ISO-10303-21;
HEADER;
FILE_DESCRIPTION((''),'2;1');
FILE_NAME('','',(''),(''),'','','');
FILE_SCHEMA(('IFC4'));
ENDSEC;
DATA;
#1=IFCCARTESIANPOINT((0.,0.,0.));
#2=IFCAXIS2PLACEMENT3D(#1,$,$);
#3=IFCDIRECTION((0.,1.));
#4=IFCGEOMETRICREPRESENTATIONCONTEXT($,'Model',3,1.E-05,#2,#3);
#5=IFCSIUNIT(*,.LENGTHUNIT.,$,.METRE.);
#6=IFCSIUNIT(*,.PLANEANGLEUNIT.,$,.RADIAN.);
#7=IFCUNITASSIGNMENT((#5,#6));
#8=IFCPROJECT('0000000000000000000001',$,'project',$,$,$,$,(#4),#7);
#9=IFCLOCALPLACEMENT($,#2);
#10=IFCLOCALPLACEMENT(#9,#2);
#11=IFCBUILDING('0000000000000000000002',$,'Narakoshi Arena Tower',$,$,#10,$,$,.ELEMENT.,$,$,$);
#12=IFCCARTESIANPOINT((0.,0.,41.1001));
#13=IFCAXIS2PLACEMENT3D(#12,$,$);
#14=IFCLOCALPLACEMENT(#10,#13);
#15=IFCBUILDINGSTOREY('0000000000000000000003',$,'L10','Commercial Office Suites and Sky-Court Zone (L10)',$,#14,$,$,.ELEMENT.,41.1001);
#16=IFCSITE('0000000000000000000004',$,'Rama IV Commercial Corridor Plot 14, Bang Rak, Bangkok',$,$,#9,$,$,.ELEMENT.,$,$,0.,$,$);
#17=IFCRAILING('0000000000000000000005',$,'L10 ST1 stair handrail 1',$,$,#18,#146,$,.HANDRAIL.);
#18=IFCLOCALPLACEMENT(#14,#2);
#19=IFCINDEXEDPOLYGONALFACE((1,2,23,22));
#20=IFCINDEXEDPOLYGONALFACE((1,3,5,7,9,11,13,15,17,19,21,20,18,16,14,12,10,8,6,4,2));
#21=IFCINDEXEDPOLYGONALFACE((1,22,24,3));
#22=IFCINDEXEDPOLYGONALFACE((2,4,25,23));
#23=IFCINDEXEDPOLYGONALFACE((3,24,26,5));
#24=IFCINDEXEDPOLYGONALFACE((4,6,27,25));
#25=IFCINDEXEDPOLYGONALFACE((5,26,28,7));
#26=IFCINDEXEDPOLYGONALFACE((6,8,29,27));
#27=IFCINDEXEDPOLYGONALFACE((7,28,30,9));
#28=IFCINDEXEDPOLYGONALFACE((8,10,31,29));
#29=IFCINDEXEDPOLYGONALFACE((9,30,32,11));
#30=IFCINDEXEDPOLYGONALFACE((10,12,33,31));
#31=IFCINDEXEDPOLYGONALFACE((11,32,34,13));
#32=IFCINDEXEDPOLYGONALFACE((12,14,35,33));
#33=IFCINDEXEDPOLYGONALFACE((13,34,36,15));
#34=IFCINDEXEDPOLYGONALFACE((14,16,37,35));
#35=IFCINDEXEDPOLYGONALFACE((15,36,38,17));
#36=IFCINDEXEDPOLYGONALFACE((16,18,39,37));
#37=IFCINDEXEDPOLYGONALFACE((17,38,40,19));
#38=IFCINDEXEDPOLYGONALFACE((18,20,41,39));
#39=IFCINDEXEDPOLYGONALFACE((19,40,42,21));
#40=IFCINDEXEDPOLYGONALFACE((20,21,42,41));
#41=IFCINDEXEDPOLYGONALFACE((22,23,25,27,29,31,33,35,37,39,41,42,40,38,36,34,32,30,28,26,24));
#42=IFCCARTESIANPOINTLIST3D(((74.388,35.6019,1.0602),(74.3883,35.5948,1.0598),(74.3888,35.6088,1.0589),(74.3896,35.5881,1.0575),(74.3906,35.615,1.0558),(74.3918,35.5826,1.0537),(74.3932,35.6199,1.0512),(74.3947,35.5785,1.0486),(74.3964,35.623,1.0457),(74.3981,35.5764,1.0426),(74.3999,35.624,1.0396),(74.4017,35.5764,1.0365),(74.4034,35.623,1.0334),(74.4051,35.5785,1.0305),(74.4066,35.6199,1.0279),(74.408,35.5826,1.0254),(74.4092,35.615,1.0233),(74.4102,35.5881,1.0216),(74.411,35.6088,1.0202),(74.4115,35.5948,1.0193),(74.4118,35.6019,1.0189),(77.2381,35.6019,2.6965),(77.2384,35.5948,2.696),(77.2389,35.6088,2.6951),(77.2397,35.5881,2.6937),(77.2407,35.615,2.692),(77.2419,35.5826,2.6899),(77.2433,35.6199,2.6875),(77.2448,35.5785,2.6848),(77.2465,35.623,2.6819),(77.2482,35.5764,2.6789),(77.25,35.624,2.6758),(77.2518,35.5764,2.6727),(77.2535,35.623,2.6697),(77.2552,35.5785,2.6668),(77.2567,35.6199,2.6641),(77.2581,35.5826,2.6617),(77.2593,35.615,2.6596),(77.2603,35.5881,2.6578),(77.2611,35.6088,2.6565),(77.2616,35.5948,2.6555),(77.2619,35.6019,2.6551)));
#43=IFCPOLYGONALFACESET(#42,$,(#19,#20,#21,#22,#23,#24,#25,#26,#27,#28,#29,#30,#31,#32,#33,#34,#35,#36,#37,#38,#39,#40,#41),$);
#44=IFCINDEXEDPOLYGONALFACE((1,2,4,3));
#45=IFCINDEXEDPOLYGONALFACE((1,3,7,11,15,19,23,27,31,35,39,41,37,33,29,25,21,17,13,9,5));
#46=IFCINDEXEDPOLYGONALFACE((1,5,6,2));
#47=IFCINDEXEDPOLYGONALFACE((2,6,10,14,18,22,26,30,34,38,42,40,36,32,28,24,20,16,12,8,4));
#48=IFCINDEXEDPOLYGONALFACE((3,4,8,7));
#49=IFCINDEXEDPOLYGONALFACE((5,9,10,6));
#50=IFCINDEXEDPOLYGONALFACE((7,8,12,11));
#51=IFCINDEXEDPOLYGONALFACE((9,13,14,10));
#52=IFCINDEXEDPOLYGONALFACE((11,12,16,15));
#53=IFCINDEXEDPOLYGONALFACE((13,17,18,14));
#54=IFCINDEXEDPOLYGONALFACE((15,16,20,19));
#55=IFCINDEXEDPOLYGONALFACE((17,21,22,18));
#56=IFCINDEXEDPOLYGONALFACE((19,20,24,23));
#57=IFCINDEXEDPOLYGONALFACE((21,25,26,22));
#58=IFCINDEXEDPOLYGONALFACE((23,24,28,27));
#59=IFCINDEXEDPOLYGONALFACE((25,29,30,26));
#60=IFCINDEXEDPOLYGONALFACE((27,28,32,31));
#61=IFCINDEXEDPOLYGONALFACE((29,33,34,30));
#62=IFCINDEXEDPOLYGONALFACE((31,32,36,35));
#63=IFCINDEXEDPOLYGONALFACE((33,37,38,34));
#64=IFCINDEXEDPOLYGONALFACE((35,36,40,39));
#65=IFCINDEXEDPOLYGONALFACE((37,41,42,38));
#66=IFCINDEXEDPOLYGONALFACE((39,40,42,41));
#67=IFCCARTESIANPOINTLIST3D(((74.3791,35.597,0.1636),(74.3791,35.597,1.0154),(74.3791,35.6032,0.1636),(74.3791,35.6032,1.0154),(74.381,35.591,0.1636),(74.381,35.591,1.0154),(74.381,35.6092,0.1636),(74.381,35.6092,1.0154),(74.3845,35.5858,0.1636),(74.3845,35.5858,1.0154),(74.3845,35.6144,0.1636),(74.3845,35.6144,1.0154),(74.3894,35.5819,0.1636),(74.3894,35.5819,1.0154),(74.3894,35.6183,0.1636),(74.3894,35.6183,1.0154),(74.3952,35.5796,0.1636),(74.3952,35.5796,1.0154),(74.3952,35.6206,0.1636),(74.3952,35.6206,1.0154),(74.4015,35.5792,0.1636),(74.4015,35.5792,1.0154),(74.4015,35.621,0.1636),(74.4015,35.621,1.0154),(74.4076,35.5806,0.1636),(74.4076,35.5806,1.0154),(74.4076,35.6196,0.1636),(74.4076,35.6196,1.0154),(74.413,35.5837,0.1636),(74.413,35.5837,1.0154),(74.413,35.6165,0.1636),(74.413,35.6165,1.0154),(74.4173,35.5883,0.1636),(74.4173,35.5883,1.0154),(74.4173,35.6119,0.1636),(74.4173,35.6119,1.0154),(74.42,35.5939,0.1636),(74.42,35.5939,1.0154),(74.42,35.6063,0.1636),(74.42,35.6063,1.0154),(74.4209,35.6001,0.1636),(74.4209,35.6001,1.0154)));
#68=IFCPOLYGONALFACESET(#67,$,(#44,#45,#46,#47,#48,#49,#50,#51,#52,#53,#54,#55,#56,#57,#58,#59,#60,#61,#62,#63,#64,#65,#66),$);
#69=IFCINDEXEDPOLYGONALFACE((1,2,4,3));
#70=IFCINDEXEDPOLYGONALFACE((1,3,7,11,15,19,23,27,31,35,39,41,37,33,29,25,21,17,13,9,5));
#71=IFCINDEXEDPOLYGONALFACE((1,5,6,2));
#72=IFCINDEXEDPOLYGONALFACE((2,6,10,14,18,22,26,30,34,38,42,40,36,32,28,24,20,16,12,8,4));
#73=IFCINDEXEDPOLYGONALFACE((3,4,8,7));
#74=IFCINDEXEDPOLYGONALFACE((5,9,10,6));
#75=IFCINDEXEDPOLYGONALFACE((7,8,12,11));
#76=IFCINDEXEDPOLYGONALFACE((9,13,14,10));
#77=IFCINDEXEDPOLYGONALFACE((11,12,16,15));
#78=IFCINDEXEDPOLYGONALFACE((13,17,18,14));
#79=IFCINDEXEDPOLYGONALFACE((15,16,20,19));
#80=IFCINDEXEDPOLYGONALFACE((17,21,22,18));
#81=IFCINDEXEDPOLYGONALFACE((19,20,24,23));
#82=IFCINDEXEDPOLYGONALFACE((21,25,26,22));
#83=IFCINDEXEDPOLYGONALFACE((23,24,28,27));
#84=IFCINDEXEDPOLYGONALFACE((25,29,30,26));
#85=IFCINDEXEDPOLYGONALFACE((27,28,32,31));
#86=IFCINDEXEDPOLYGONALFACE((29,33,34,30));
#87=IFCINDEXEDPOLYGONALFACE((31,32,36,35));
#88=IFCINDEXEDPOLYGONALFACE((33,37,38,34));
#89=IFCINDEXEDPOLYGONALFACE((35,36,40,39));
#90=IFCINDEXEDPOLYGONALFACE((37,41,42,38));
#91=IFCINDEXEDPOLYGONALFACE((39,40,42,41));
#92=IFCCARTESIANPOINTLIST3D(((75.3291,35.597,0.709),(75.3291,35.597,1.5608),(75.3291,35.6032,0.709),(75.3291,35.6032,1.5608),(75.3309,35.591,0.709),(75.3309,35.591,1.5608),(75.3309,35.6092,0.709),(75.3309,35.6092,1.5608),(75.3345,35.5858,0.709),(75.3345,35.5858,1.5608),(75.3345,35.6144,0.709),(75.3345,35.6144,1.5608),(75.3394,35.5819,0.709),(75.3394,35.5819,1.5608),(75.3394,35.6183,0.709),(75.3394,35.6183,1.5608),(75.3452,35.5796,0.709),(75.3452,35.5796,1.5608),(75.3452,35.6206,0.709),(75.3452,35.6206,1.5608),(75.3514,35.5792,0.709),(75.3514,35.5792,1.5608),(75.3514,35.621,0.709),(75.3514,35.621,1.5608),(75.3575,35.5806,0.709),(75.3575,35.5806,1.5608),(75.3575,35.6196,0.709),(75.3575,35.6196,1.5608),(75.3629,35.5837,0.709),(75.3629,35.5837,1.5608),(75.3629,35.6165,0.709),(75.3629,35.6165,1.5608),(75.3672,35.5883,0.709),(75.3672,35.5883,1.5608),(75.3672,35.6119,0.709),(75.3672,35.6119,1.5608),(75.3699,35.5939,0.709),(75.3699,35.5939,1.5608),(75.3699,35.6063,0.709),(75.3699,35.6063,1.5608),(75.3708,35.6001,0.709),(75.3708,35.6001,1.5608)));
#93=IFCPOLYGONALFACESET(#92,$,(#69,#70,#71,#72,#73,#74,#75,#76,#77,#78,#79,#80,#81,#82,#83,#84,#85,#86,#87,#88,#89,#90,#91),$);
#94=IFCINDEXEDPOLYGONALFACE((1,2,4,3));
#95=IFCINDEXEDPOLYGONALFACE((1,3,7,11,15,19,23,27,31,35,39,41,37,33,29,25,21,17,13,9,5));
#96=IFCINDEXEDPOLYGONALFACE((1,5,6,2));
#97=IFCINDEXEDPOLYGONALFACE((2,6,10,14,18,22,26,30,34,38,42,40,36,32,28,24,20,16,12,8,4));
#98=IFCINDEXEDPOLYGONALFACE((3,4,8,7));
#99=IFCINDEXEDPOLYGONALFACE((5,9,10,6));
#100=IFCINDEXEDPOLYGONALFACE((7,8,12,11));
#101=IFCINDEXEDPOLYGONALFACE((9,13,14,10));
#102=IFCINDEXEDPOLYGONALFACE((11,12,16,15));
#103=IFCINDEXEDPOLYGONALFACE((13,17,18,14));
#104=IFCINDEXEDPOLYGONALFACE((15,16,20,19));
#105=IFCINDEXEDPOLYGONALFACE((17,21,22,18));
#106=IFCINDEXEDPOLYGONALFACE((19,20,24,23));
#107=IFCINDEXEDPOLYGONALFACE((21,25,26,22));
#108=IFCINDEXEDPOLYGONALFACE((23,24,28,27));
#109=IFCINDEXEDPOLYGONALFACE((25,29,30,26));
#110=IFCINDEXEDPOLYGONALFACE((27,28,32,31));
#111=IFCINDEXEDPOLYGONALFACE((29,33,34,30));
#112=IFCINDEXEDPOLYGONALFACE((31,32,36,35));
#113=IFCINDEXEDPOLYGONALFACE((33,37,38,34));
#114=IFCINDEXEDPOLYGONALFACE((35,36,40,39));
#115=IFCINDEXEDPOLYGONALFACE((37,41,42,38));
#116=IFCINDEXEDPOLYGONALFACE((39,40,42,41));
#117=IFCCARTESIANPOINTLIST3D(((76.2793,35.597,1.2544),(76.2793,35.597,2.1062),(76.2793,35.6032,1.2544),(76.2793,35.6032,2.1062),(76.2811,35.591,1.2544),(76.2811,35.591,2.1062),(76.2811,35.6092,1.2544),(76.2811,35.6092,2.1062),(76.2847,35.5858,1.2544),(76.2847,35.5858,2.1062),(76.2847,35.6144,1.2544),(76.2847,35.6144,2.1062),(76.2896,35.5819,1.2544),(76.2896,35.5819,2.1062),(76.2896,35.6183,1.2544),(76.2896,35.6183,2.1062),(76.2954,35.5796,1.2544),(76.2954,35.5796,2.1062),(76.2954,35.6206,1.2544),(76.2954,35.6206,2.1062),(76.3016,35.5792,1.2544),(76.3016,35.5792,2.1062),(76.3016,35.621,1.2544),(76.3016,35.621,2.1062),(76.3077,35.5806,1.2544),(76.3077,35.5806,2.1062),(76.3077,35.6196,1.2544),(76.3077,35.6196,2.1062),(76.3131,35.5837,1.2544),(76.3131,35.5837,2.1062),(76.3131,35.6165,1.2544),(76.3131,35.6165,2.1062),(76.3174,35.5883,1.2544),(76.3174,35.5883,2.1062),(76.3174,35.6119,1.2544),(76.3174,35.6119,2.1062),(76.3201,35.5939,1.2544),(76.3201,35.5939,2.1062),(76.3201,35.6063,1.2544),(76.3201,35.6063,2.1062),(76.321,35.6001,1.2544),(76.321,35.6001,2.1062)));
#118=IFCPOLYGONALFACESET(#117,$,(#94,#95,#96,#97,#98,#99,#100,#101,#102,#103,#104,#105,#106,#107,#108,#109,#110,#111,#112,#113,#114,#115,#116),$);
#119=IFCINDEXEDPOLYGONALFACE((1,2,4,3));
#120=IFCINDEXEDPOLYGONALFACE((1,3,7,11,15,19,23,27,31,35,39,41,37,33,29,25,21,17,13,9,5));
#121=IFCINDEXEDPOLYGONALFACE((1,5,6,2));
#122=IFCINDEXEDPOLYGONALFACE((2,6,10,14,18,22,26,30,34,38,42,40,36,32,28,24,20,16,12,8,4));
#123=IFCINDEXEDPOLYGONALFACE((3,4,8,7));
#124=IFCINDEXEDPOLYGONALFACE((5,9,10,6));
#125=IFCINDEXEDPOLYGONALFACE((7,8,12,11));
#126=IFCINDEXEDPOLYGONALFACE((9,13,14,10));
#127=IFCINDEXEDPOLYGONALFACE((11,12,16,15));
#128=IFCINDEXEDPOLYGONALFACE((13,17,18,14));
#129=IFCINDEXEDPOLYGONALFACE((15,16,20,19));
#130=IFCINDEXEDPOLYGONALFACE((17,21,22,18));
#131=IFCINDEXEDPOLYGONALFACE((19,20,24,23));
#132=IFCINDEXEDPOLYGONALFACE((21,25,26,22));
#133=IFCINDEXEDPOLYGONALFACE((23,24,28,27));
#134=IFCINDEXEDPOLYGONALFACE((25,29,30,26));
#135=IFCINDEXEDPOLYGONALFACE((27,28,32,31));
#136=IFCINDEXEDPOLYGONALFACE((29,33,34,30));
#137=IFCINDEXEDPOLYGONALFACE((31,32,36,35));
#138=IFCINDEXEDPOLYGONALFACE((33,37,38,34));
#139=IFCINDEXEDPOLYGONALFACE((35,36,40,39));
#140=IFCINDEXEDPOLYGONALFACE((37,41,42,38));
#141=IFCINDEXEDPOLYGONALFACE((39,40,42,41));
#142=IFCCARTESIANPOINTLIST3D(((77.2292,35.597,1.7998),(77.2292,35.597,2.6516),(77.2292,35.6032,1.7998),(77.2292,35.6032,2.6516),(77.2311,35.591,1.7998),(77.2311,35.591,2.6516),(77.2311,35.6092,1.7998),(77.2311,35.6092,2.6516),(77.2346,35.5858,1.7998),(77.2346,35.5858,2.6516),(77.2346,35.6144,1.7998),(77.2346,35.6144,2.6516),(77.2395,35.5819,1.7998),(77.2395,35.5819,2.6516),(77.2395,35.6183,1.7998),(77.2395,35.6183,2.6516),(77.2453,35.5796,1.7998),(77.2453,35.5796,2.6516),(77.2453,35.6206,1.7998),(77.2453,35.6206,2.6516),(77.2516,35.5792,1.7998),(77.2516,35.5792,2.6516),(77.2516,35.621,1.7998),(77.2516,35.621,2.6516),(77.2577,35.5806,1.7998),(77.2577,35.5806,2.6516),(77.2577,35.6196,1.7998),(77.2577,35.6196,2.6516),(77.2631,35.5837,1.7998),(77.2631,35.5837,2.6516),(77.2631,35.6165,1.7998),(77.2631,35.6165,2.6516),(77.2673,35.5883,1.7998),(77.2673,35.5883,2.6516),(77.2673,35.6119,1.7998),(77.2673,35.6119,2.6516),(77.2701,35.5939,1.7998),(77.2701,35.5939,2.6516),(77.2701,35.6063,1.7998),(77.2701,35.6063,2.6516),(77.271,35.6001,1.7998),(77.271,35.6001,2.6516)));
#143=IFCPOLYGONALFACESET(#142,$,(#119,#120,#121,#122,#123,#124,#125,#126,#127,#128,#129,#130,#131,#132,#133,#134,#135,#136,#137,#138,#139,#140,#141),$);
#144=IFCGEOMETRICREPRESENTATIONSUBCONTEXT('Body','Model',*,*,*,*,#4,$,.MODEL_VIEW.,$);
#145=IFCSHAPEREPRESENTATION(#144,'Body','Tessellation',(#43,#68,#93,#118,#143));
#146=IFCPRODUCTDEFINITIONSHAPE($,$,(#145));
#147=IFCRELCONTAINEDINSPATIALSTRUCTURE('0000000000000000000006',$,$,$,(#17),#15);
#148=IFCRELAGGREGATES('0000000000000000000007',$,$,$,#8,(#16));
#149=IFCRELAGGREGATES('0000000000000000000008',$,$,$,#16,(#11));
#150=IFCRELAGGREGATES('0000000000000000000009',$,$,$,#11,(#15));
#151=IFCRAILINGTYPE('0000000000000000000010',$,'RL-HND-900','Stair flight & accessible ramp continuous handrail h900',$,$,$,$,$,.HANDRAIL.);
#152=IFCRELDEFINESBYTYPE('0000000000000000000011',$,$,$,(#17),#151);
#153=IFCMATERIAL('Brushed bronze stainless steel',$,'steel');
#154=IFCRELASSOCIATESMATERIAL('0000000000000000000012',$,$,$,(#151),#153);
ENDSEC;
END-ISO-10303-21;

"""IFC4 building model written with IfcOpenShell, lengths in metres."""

from ifc_helpers import new_model, si_unit, direction, frame, origin, origin_2d, place, context, subcontext, project, spatial, circle, extrude, material, type_object, element, save


model = new_model("IFC4")

# Units and contexts
model_context = context("Model", 3, precision=1e-05, world=origin(), true_north=direction((0.0, 1.0)))
body_context = subcontext(model_context, "Body", "Model", "MODEL_VIEW")
ifc_project = project(units=[si_unit("LENGTHUNIT", "METRE"), si_unit("PLANEANGLEUNIT", "RADIAN")], contexts=[model_context])

# Site, building, storey
site_placement = place(None, origin())
site = spatial("IfcSite", under=ifc_project, at=site_placement, Name="Rama IV Commercial Corridor Plot 14, Bang Rak, Bangkok", CompositionType="ELEMENT", RefElevation=0.0)
building_placement = place(site_placement, origin())
building = spatial("IfcBuilding", under=site, at=building_placement, Name="Narakoshi Arena Tower", CompositionType="ELEMENT")
storey_placement = place(building_placement, frame((0.0, 0.0, 41.1001)))
storey = spatial("IfcBuildingStorey", under=building, at=storey_placement, Name="L10", Description="Commercial Office Suites and Sky-Court Zone (L10)", CompositionType="ELEMENT", Elevation=41.1001)

# Shared definitions
ifc_material_1 = material(Name="Brushed bronze stainless steel", Category="steel")

# Railing
railing_type_1 = type_object("IfcRailingType", Name="RL-HND-900", Description="Stair flight & accessible ramp continuous handrail h900", PredefinedType="HANDRAIL", material=ifc_material_1)
railing_1_placement = place(storey_placement, frame((74.3999, 35.6001, 0.1636)))
element("IfcRailing", 1, at=railing_1_placement, inside=storey, type_object=railing_type_1, Name="L10 ST1 stair handrail 1", PredefinedType="HANDRAIL", context=body_context, shape_type="SweptSolid", body=[
    extrude(circle(Radius=0.0239, at=origin_2d()), frame((0.0, 0.0, 0.876), z_axis=(0.867245, 0.0, 0.497882), x_axis=(0.0, 1.0, 0.0)), (0.0, 0.0, 1.0), 3.2864),
    extrude(circle(Radius=0.021, at=origin_2d()), origin(), (0.0, 0.0, 1.0), 0.8518),
    extrude(circle(Radius=0.021, at=origin_2d()), frame((0.95, 0.0, 0.5454)), (0.0, 0.0, 1.0), 0.8518),
    extrude(circle(Radius=0.021, at=origin_2d()), frame((1.9001, 0.0, 1.0908)), (0.0, 0.0, 1.0), 0.8518),
    extrude(circle(Radius=0.021, at=origin_2d()), frame((2.8501, 0.0, 1.6362)), (0.0, 0.0, 1.0), 0.8518),
])

save(model, "model.ifc")
